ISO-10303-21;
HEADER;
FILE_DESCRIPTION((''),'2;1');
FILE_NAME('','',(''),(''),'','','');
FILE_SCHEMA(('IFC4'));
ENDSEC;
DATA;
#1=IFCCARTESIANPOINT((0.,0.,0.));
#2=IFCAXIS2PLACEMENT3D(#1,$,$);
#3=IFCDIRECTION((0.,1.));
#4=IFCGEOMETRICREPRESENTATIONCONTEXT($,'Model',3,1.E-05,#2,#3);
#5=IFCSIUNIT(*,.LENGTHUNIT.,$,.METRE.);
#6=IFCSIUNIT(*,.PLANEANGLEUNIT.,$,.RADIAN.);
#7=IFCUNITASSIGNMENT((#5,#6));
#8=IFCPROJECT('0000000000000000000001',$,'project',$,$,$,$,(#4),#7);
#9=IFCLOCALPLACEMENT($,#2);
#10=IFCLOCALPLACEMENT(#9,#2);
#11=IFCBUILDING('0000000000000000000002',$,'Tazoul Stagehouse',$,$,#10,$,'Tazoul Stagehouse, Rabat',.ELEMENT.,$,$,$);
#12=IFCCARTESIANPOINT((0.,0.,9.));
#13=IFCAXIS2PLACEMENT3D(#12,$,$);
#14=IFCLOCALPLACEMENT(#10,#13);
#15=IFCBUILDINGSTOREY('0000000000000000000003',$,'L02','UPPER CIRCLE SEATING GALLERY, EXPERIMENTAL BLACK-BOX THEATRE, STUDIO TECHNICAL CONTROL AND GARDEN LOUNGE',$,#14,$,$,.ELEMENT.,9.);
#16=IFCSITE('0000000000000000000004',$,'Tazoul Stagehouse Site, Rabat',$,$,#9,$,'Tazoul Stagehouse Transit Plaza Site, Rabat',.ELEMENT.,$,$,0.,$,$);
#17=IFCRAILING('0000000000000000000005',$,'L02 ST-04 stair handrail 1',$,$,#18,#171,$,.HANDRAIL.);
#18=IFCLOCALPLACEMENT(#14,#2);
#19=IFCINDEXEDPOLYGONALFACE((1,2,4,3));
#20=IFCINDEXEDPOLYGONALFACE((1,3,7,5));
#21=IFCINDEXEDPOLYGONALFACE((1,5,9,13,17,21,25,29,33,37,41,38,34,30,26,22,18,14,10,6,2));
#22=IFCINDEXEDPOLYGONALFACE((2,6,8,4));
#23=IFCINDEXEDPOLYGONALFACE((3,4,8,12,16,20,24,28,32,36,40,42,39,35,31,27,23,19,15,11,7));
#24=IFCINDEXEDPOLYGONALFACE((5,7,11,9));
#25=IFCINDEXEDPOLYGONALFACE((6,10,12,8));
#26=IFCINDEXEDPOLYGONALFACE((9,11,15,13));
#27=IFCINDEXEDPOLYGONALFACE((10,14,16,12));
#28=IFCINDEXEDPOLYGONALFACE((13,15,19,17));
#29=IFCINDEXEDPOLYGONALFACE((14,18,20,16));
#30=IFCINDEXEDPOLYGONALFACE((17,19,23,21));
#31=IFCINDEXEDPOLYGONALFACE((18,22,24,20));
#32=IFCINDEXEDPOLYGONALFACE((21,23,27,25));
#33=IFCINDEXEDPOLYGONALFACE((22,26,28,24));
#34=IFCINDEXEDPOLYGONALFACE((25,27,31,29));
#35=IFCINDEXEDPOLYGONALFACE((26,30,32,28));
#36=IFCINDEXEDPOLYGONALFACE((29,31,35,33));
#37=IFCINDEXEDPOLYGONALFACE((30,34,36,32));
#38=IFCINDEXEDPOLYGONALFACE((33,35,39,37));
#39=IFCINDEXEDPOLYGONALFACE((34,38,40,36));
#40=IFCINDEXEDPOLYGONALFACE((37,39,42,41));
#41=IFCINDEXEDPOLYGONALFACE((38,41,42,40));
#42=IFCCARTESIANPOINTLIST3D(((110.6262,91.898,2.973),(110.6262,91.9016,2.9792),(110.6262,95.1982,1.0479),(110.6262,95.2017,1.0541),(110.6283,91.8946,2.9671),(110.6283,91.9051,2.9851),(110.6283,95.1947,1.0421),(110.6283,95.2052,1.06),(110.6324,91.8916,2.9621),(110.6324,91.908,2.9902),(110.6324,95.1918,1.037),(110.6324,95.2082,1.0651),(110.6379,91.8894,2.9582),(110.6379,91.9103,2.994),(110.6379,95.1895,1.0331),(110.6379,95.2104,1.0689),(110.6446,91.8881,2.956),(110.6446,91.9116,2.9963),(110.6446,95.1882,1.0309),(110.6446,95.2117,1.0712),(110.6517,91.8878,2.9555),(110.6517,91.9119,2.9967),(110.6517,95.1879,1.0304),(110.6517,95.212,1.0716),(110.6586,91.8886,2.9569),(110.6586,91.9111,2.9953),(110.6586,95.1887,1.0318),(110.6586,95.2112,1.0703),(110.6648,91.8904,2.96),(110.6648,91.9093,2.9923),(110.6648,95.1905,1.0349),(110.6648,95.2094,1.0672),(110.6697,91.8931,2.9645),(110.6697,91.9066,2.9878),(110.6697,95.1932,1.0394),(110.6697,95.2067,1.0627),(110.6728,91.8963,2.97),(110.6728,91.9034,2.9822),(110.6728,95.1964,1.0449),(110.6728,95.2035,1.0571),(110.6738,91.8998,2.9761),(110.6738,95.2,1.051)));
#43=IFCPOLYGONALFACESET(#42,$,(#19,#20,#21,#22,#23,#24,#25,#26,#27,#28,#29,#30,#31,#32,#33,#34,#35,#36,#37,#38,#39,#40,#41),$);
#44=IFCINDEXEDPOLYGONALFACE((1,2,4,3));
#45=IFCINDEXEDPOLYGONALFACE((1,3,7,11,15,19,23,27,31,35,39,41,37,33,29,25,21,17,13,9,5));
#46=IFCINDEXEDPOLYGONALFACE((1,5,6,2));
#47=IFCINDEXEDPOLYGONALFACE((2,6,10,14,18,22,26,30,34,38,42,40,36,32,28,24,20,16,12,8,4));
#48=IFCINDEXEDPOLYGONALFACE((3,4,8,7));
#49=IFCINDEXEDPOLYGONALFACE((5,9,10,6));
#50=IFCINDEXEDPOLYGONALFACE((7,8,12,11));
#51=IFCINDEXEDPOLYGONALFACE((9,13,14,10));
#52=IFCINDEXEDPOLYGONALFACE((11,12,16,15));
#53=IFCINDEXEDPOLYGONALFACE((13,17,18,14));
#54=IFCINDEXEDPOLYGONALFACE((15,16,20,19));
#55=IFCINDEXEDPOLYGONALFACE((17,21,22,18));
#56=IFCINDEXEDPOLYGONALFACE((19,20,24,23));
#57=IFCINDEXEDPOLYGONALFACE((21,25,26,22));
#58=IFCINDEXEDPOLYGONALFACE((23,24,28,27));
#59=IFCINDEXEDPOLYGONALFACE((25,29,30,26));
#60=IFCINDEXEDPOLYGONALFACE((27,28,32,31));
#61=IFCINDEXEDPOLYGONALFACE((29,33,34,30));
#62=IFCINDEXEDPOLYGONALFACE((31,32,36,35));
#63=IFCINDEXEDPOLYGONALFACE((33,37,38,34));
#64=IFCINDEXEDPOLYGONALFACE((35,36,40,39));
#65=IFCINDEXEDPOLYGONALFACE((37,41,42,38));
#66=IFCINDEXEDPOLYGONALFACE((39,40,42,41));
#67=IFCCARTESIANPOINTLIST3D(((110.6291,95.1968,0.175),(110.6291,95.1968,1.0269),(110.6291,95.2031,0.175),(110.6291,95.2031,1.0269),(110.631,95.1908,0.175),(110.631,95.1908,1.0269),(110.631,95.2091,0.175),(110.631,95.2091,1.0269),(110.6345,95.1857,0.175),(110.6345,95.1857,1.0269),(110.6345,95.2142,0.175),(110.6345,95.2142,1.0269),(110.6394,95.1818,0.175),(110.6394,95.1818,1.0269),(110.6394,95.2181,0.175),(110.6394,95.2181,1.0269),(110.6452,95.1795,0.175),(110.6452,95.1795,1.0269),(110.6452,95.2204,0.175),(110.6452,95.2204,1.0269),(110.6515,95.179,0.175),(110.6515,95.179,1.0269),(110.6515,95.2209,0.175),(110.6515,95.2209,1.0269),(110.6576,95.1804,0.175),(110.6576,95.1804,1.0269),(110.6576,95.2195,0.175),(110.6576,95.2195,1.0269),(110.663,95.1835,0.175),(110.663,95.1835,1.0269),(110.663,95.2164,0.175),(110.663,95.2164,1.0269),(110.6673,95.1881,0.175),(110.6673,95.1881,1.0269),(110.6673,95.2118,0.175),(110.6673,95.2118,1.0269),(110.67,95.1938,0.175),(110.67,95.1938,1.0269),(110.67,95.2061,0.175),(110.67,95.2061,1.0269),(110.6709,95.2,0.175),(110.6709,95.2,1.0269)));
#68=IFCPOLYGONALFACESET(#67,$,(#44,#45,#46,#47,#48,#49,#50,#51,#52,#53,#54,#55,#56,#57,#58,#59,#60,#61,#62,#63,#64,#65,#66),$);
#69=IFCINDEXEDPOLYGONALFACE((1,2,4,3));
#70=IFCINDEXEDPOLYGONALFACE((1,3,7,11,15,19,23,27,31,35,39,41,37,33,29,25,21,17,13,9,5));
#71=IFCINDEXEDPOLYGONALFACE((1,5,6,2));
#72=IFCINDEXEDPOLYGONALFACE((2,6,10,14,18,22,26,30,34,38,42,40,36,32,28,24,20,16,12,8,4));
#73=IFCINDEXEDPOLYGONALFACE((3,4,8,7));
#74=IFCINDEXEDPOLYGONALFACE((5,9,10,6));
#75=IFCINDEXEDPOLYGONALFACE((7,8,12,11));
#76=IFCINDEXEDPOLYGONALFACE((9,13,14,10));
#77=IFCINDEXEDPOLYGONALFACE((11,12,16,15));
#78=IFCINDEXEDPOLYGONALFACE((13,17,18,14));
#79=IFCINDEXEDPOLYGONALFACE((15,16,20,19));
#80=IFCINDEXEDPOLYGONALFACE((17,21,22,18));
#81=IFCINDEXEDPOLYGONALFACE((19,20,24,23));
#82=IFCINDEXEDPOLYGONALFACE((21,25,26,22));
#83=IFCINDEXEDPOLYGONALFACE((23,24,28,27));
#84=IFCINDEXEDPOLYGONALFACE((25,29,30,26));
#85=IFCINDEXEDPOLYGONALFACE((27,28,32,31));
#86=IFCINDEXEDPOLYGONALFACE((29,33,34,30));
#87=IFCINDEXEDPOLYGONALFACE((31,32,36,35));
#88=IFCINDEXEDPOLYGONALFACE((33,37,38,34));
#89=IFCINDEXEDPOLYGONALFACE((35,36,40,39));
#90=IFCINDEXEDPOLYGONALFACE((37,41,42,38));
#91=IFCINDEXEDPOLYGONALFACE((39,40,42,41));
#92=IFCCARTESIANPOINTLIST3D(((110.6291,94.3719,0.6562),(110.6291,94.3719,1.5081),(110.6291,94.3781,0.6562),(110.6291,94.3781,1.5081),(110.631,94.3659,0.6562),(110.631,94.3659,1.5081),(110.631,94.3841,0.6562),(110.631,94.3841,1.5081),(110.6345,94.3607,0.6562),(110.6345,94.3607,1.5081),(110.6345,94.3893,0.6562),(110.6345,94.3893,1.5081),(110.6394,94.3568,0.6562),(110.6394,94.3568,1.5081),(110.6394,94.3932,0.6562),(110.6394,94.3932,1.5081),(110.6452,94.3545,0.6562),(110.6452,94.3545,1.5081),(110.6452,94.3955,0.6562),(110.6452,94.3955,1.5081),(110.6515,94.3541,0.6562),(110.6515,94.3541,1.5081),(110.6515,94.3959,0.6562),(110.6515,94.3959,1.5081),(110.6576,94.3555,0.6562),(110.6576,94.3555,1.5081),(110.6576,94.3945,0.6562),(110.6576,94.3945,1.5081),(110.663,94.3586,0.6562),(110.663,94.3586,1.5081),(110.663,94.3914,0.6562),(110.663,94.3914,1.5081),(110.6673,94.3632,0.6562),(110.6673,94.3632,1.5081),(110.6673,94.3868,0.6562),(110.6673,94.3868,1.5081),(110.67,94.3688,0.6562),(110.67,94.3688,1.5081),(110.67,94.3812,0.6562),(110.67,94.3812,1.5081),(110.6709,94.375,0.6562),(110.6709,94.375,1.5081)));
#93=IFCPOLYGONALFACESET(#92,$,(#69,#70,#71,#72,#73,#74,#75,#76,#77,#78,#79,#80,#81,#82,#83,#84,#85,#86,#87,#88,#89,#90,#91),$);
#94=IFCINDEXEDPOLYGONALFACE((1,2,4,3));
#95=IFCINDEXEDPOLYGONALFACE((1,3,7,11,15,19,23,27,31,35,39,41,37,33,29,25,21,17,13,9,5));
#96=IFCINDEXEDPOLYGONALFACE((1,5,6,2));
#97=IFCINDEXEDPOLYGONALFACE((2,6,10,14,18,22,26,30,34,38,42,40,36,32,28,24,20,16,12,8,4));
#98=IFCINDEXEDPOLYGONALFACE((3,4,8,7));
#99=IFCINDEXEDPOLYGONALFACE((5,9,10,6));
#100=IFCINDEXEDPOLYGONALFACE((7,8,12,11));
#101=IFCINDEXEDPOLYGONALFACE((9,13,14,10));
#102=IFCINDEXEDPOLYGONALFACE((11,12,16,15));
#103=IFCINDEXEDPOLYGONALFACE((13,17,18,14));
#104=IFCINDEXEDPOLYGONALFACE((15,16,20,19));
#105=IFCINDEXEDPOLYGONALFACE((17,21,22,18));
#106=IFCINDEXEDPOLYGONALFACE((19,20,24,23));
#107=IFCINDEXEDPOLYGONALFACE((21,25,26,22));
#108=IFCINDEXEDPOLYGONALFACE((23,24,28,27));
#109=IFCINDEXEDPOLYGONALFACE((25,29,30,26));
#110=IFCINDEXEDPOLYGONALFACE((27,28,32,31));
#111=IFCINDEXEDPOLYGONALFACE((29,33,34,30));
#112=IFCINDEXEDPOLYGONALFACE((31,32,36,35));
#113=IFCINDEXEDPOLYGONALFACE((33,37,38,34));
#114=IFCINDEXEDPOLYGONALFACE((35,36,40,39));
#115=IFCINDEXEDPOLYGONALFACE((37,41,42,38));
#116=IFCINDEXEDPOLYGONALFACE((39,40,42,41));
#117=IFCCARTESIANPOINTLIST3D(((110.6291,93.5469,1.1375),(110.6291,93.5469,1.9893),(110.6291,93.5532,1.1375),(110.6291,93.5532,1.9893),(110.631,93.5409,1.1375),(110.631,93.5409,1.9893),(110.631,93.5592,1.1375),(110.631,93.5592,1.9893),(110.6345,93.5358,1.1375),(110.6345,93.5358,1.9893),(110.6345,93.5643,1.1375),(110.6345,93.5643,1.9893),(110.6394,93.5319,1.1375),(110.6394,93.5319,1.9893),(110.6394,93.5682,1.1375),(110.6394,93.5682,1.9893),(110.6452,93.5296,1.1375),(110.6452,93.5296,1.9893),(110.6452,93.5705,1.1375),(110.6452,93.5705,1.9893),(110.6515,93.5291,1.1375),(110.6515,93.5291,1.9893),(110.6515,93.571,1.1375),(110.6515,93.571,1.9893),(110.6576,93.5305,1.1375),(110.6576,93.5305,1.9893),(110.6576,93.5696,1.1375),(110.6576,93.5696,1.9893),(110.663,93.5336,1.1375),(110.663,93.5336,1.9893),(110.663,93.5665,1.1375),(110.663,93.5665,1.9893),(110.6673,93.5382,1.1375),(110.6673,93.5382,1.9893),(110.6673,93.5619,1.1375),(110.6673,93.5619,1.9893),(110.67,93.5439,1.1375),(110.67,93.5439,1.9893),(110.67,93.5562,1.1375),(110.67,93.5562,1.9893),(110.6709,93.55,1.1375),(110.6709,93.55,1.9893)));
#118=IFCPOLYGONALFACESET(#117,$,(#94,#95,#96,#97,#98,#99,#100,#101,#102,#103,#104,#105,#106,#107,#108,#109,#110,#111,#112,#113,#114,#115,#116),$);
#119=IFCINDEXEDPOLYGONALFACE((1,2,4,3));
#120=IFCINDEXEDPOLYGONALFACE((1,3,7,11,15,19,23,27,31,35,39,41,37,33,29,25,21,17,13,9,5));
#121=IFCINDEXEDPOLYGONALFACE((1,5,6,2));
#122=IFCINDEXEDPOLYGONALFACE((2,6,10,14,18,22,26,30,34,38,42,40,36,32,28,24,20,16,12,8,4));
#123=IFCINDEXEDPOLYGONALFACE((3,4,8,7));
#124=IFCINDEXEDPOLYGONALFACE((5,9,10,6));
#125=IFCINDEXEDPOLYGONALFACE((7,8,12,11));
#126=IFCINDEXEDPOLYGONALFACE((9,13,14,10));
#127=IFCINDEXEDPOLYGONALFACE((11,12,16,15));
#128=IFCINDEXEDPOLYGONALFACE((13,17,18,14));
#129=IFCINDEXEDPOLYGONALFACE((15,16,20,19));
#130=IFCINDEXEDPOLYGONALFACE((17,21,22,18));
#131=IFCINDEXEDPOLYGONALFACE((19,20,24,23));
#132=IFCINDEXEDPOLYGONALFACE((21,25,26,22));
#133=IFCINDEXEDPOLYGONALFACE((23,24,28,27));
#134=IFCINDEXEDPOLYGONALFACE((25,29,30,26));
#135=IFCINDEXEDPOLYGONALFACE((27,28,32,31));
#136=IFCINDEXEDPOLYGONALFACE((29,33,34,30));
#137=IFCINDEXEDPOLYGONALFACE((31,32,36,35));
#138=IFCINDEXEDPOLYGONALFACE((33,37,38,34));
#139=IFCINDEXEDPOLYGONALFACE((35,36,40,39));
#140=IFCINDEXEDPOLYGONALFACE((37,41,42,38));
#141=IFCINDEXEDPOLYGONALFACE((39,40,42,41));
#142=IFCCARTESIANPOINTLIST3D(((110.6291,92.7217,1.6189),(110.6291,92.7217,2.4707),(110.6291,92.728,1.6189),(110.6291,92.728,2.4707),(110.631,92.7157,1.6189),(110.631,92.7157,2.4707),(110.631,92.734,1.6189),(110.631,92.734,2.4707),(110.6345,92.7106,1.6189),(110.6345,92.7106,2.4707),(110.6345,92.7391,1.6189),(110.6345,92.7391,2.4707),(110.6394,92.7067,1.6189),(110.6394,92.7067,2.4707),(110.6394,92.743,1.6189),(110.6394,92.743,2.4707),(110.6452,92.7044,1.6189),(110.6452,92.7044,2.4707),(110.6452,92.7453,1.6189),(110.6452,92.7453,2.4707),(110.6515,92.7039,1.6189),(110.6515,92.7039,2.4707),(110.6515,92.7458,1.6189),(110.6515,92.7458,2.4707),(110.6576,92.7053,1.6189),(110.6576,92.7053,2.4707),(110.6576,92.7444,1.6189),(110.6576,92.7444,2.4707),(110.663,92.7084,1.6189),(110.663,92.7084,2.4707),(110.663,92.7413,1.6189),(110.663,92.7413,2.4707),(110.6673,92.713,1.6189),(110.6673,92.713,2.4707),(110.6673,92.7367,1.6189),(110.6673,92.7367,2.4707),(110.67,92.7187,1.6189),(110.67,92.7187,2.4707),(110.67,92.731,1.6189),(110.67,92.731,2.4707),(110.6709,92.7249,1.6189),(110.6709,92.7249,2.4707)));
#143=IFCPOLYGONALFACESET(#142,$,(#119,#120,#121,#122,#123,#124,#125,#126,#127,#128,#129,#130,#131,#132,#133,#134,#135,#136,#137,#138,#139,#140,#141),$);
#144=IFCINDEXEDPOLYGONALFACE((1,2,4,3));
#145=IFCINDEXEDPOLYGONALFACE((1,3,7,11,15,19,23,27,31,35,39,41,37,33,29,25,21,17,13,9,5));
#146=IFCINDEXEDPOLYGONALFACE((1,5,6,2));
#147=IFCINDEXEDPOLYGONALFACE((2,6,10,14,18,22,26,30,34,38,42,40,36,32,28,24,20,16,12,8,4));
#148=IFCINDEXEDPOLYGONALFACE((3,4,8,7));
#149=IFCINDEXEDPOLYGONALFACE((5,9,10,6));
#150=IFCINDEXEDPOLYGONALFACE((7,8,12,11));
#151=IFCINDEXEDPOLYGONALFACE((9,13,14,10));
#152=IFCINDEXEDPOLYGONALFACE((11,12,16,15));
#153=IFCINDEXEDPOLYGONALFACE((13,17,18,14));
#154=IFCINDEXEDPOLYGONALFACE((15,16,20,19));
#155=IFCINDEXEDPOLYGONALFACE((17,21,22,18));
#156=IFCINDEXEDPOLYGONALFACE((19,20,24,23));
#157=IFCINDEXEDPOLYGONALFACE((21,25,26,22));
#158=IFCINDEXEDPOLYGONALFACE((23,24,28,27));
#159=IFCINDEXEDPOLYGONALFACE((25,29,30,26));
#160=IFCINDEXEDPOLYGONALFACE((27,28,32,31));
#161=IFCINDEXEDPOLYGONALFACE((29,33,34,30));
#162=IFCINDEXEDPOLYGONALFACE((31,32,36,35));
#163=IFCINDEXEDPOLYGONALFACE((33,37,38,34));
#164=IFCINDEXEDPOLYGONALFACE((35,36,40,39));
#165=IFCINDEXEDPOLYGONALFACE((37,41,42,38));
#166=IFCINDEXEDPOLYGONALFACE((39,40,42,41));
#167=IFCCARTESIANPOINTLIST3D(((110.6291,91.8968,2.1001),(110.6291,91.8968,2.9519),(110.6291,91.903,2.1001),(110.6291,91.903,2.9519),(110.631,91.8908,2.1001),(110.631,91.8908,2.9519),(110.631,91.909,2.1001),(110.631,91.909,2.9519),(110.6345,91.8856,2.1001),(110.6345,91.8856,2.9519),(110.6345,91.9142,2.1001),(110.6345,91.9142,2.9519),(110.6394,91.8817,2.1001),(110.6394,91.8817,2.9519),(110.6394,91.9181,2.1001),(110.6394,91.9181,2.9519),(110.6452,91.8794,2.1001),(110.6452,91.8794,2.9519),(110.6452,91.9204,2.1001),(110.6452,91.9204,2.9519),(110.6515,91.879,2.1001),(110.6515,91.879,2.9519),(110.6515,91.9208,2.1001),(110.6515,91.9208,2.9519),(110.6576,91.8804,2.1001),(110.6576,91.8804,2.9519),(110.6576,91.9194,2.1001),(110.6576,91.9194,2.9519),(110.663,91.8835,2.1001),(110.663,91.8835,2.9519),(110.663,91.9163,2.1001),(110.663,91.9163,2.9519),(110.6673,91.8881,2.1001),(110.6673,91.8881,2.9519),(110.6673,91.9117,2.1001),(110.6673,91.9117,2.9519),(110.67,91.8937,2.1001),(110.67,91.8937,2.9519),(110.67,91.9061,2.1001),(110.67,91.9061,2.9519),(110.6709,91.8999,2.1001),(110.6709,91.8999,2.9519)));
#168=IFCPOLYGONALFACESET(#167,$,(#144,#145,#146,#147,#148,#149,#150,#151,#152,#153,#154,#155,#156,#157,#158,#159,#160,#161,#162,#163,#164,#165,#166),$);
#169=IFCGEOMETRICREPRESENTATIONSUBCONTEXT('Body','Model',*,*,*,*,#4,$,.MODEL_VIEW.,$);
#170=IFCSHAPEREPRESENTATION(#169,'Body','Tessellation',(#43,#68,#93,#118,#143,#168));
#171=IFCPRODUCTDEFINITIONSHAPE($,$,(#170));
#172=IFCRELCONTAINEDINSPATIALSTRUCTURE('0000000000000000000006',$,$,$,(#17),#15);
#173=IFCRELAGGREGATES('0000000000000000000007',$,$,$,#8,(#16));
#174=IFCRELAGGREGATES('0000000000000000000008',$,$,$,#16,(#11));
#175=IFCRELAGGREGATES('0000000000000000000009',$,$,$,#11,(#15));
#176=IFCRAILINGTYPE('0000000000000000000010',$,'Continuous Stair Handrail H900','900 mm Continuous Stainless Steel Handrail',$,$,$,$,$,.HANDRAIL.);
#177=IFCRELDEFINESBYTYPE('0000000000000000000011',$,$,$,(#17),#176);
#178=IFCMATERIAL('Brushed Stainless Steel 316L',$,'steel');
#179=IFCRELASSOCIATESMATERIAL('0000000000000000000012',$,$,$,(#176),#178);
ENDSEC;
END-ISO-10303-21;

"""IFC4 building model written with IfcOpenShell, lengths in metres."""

from ifc_helpers import new_model, si_unit, direction, frame, origin, origin_2d, place, context, subcontext, project, spatial, circle, extrude, material, material_profile, profile_set, type_object, element, save


model = new_model("IFC4")

# Units and contexts
model_context = context("Model", 3, precision=1e-05, world=origin(), true_north=direction((0.0, 1.0)))
body_context = subcontext(model_context, "Body", "Model", "MODEL_VIEW")
ifc_project = project(units=[si_unit("LENGTHUNIT", "METRE"), si_unit("PLANEANGLEUNIT", "RADIAN")], contexts=[model_context])

# Site, building, storey
site_placement = place(None, origin())
site = spatial("IfcSite", under=ifc_project, at=site_placement, Name="Tazoul Stagehouse Site, Rabat", LongName="Tazoul Stagehouse Transit Plaza Site, Rabat", CompositionType="ELEMENT", RefElevation=0.0)
building_placement = place(site_placement, origin())
building = spatial("IfcBuilding", under=site, at=building_placement, Name="Tazoul Stagehouse", LongName="Tazoul Stagehouse, Rabat", CompositionType="ELEMENT")
storey_placement = place(building_placement, frame((0.0, 0.0, 9.0)))
storey = spatial("IfcBuildingStorey", under=building, at=storey_placement, Name="L02", Description="UPPER CIRCLE SEATING GALLERY, EXPERIMENTAL BLACK-BOX THEATRE, STUDIO TECHNICAL CONTROL AND GARDEN LOUNGE", CompositionType="ELEMENT", Elevation=9.0)

# Railing
ifc_material_1 = material(Name="Brushed Stainless Steel 316L", Category="steel")
ifc_material_profile_1 = material_profile(ifc_material_1, circle(Radius=0.021, at=origin_2d()), Name="SS HANDRAIL D42")
ifc_profile_set_1 = profile_set([ifc_material_profile_1], Name="Brushed Stainless Steel 316L")
railing_type_1 = type_object("IfcRailingType", Name="Continuous Stair Handrail H900", Description="900 mm Continuous Stainless Steel Handrail", PredefinedType="HANDRAIL", material=ifc_profile_set_1)
railing_1_placement = place(storey_placement, frame((110.6499, 95.2, 0.175)))
element("IfcRailing", 1, at=railing_1_placement, inside=storey, type_object=railing_type_1, Name="L02 ST-04 stair handrail 1", PredefinedType="HANDRAIL", context=body_context, shape_type="SweptSolid", body=[
    extrude(circle(Radius=0.0239, at=origin_2d()), frame((0.0, 0.0, 0.876), z_axis=(0.0, -0.863777, 0.503875), x_axis=(1.0, 0.0, 0.0)), (0.0, 0.0, 1.0), 3.8206),
    extrude(circle(Radius=0.021, at=origin_2d()), origin(), (0.0, 0.0, 1.0), 0.8518),
    extrude(circle(Radius=0.021, at=origin_2d()), frame((0.0, -0.825, 0.4812)), (0.0, 0.0, 1.0), 0.8518),
    extrude(circle(Radius=0.021, at=origin_2d()), frame((0.0, -1.6499, 0.9624)), (0.0, 0.0, 1.0), 0.8518),
    extrude(circle(Radius=0.021, at=origin_2d()), frame((0.0, -2.4751, 1.4438)), (0.0, 0.0, 1.0), 0.8518),
    extrude(circle(Radius=0.021, at=origin_2d()), frame((0.0, -3.3, 1.925)), (0.0, 0.0, 1.0), 0.8518),
])

save(model, "model.ifc")
